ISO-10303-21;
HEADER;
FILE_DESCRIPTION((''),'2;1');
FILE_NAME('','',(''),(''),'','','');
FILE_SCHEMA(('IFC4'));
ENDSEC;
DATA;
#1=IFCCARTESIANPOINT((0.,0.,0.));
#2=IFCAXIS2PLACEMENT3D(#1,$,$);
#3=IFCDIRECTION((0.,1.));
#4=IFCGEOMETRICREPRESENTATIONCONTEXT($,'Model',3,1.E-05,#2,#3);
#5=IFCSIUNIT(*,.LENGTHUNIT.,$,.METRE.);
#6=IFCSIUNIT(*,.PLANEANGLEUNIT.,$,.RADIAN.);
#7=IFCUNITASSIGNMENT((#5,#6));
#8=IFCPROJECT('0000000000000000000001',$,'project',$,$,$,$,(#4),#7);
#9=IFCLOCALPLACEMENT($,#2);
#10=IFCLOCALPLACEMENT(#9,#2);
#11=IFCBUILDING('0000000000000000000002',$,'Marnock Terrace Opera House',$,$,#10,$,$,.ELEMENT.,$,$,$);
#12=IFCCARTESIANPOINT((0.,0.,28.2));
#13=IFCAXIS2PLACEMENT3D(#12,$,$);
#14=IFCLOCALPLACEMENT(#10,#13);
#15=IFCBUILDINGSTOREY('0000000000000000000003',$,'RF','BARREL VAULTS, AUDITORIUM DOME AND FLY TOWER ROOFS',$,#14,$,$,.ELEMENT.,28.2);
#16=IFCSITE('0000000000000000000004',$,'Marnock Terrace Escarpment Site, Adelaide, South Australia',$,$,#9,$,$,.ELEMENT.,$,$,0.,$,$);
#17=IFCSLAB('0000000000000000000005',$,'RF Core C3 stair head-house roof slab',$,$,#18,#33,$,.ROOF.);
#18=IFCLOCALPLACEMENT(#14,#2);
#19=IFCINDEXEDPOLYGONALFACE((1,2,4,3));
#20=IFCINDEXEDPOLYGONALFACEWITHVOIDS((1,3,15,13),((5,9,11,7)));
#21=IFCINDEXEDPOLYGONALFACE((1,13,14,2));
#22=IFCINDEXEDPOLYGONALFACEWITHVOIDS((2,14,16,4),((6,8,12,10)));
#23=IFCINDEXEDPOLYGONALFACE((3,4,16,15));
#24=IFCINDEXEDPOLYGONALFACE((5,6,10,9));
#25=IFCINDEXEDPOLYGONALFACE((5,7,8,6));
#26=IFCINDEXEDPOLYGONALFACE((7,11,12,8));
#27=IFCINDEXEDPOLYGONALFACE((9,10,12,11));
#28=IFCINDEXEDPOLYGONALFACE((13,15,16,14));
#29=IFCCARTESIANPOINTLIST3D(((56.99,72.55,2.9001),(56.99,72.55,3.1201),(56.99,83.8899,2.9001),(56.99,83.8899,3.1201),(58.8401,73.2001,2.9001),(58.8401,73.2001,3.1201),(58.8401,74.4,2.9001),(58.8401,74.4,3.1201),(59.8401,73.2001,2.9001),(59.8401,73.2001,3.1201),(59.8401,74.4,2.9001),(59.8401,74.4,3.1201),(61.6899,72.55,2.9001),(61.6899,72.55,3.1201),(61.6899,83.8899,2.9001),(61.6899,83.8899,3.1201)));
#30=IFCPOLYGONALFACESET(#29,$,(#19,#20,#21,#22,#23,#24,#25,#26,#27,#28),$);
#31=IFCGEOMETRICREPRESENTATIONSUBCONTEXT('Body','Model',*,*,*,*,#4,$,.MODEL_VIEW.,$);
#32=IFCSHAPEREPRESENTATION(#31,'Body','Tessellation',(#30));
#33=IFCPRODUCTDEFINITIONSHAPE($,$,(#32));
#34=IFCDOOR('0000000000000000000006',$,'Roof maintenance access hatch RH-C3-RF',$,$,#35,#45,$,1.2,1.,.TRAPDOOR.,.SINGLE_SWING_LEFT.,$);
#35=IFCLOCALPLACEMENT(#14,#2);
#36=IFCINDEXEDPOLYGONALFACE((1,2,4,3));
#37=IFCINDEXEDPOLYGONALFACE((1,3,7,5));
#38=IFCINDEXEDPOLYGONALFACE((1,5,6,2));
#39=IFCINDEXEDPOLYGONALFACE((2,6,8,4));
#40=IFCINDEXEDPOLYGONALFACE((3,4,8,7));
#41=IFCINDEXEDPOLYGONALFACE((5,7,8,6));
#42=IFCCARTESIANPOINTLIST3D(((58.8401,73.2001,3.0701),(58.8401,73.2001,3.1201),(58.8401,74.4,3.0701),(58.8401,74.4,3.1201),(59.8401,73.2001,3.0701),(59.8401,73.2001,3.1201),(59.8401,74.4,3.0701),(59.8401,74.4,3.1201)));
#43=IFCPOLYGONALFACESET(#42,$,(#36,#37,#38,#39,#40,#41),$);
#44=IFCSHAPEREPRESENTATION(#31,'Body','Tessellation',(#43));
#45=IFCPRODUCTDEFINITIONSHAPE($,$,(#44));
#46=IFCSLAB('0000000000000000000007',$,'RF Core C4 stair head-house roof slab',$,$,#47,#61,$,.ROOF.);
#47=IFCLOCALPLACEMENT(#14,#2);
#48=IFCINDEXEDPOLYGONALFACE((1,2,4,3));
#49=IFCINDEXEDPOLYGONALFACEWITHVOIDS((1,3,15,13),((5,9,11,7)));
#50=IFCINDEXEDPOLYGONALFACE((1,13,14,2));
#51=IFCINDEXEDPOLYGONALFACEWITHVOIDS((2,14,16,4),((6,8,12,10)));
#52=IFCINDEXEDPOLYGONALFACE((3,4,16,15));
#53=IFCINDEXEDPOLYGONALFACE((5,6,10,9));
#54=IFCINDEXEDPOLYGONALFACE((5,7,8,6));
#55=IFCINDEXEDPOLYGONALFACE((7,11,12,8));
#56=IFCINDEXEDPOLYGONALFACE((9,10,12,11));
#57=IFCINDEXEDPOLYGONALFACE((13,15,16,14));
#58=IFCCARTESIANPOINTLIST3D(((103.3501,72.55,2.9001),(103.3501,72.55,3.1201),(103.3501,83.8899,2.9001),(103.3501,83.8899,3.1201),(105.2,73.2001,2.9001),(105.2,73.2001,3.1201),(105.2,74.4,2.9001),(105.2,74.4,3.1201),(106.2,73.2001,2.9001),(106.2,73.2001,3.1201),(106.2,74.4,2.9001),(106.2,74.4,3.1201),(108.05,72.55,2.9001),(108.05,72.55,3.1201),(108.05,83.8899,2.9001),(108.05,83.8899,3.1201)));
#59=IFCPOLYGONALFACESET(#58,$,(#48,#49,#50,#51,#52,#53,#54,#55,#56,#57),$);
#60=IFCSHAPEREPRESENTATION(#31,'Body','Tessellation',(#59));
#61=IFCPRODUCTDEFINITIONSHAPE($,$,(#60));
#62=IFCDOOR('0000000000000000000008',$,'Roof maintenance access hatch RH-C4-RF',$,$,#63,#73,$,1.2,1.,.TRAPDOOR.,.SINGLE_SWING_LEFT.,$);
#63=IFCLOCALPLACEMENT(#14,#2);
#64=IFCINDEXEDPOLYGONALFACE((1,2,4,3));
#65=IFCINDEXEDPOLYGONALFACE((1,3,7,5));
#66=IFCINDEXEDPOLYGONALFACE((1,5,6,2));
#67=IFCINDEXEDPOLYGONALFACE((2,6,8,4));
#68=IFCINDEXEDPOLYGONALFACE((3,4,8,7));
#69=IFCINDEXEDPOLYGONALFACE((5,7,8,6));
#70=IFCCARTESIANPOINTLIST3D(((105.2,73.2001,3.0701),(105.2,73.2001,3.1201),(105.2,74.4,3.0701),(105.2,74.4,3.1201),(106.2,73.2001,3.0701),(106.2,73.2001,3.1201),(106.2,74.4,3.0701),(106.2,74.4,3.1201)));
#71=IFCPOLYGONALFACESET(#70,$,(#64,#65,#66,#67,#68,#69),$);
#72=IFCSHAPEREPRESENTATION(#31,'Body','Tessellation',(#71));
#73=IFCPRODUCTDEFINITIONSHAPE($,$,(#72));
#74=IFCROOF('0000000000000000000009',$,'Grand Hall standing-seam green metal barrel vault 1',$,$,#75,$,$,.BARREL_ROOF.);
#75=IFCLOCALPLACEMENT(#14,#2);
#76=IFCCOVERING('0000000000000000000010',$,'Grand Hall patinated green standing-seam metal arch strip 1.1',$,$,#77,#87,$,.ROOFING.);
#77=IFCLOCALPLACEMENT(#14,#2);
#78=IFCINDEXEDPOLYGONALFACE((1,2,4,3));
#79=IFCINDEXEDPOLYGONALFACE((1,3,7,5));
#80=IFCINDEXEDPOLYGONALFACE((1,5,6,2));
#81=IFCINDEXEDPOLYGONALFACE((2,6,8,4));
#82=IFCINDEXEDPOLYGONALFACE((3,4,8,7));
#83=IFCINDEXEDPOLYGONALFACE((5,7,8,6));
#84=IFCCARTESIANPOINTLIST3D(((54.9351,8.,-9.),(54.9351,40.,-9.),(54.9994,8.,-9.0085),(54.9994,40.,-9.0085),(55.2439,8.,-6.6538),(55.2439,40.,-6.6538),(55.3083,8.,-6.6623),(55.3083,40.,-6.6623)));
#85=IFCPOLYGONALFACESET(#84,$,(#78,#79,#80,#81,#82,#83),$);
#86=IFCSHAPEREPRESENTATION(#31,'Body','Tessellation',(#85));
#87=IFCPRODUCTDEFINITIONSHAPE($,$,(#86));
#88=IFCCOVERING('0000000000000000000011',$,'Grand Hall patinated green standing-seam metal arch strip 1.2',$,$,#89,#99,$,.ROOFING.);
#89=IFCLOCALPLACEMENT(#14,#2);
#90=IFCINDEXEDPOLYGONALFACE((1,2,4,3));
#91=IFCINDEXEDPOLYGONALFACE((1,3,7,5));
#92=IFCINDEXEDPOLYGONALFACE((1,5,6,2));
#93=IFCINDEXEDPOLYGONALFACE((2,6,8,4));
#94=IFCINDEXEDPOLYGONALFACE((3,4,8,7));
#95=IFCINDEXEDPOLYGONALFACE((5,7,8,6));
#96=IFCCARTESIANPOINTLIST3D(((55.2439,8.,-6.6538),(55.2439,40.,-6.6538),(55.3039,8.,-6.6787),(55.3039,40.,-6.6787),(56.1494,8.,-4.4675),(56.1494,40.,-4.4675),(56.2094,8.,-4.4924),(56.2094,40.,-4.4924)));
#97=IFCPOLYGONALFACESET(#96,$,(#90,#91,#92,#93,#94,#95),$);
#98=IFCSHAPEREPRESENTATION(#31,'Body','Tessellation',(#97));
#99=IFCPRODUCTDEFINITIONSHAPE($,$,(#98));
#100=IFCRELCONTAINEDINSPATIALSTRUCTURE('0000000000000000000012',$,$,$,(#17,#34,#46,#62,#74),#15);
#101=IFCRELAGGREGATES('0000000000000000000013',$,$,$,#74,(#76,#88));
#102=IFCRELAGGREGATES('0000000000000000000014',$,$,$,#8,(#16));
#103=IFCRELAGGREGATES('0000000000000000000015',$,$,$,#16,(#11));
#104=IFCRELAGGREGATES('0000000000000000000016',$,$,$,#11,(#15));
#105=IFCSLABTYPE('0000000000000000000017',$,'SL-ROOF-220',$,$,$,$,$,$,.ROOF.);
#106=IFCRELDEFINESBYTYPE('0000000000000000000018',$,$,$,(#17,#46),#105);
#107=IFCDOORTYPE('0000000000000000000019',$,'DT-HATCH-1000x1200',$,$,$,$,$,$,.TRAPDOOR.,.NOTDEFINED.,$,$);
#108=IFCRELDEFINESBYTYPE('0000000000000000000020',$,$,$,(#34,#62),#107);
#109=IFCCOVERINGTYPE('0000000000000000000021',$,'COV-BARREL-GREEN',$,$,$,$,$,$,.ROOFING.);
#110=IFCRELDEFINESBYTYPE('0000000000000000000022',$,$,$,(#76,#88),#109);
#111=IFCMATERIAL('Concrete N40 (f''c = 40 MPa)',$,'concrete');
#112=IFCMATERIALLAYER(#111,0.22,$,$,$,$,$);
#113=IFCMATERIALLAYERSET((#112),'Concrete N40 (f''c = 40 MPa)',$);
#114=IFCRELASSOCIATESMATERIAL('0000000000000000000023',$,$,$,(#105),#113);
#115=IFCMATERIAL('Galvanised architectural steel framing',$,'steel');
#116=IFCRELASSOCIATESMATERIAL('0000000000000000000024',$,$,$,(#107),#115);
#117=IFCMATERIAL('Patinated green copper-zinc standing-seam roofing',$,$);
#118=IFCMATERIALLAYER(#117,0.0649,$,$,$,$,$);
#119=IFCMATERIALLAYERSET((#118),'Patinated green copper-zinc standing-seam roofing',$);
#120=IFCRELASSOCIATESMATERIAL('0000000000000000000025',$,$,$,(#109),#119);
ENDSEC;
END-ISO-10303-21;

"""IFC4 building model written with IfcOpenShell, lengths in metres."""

from ifc_helpers import new_model, si_unit, direction, frame, origin, origin_2d, place, context, subcontext, project, spatial, polyline, rectangle, outline, extrude, material, layer, layer_set, type_object, element, fill, aggregate, save


model = new_model("IFC4")

# Units and contexts
model_context = context("Model", 3, precision=1e-05, world=origin(), true_north=direction((0.0, 1.0)))
body_context = subcontext(model_context, "Body", "Model", "MODEL_VIEW")
ifc_project = project(units=[si_unit("LENGTHUNIT", "METRE"), si_unit("PLANEANGLEUNIT", "RADIAN")], contexts=[model_context])

# Site, building, storey
site_placement = place(None, origin())
site = spatial("IfcSite", under=ifc_project, at=site_placement, Name="Marnock Terrace Escarpment Site, Adelaide, South Australia", CompositionType="ELEMENT", RefElevation=0.0)
building_placement = place(site_placement, origin())
building = spatial("IfcBuilding", under=site, at=building_placement, Name="Marnock Terrace Opera House", CompositionType="ELEMENT")
storey_placement = place(building_placement, frame((0.0, 0.0, 28.2)))
storey = spatial("IfcBuildingStorey", under=building, at=storey_placement, Name="RF", Description="BARREL VAULTS, AUDITORIUM DOME AND FLY TOWER ROOFS", CompositionType="ELEMENT", Elevation=28.2)

# Shared definitions
ifc_material_1 = material(Name="Concrete N40 (f'c = 40 MPa)", Category="concrete")
ifc_layer_1 = layer(ifc_material_1, 0.22)
ifc_layer_set_1 = layer_set([ifc_layer_1], Name="Concrete N40 (f'c = 40 MPa)")
slab_type_1 = type_object("IfcSlabType", Name="SL-ROOF-220", PredefinedType="ROOF", material=ifc_layer_set_1)
ifc_material_2 = material(Name="Galvanised architectural steel framing", Category="steel")
door_type_1 = type_object("IfcDoorType", Name="DT-HATCH-1000x1200", OperationType="NOTDEFINED", PredefinedType="TRAPDOOR", material=ifc_material_2)

# Slabs, openings, doors
slab_1_placement = place(storey_placement, frame((0.0, 0.0, 2.9001)))
slab_1 = element("IfcSlab", 1, at=slab_1_placement, inside=storey, type_object=slab_type_1, Name="RF Core C3 stair head-house roof slab", PredefinedType="ROOF", context=body_context, shape_type="SweptSolid", body=[
    extrude(outline(polyline([(56.99, 72.55), (61.6899, 72.55), (61.6899, 83.8899), (56.99, 83.8899), (56.99, 72.55)])), origin(), (0.0, 0.0, 1.0), 0.22),
])
opening_1_placement = place(slab_1_placement, frame((59.3401, 73.8, 0.0)))
opening_1 = element("IfcOpeningElement", 2, at=opening_1_placement, cuts=slab_1, PredefinedType="OPENING", context=body_context, shape_type="SweptSolid", body=[
    extrude(rectangle(XDim=1.0, YDim=1.2, at=origin_2d()), frame((0.0, 0.0, -0.01)), (0.0, 0.0, 1.0), 0.24),
])
door_1_placement = place(opening_1_placement, frame((0.0, 0.0, 0.1699)))
door_1 = element("IfcDoor", 3, at=door_1_placement, inside=storey, type_object=door_type_1, Name="Roof maintenance access hatch RH-C3-RF", OperationType="SINGLE_SWING_LEFT", OverallHeight=1.2, OverallWidth=1.0, PredefinedType="TRAPDOOR", context=body_context, shape_type="SweptSolid", body=[
    extrude(rectangle(XDim=1.0, YDim=1.2, at=origin_2d()), origin(), (0.0, 0.0, 1.0), 0.05),
])
fill(opening_1, door_1)
slab_2_placement = place(storey_placement, frame((0.0, 0.0, 2.9001)))
slab_2 = element("IfcSlab", 4, at=slab_2_placement, inside=storey, type_object=slab_type_1, Name="RF Core C4 stair head-house roof slab", PredefinedType="ROOF", context=body_context, shape_type="SweptSolid", body=[
    extrude(outline(polyline([(103.3501, 72.55), (108.05, 72.55), (108.05, 83.8899), (103.3501, 83.8899), (103.3501, 72.55)])), origin(), (0.0, 0.0, 1.0), 0.22),
])
opening_2_placement = place(slab_2_placement, frame((105.7, 73.8, 0.0)))
opening_2 = element("IfcOpeningElement", 5, at=opening_2_placement, cuts=slab_2, PredefinedType="OPENING", context=body_context, shape_type="SweptSolid", body=[
    extrude(rectangle(XDim=1.0, YDim=1.2, at=origin_2d()), frame((0.0, 0.0, -0.01)), (0.0, 0.0, 1.0), 0.24),
])
door_2_placement = place(opening_2_placement, frame((0.0, 0.0, 0.1699)))
door_2 = element("IfcDoor", 6, at=door_2_placement, inside=storey, type_object=door_type_1, Name="Roof maintenance access hatch RH-C4-RF", OperationType="SINGLE_SWING_LEFT", OverallHeight=1.2, OverallWidth=1.0, PredefinedType="TRAPDOOR", context=body_context, shape_type="SweptSolid", body=[
    extrude(rectangle(XDim=1.0, YDim=1.2, at=origin_2d()), origin(), (0.0, 0.0, 1.0), 0.05),
])
fill(opening_2, door_2)

# Roof, coverings
roof_placement = place(storey_placement, origin())
roof = element("IfcRoof", 7, at=roof_placement, inside=storey, Name="Grand Hall standing-seam green metal barrel vault 1", PredefinedType="BARREL_ROOF")
ifc_material_3 = material(Name="Patinated green copper-zinc standing-seam roofing")
ifc_layer_2 = layer(ifc_material_3, 0.0649)
ifc_layer_set_2 = layer_set([ifc_layer_2], Name="Patinated green copper-zinc standing-seam roofing")
covering_type = type_object("IfcCoveringType", Name="COV-BARREL-GREEN", PredefinedType="ROOFING", material=ifc_layer_set_2)
covering_1_placement = place(storey_placement, frame((54.9351, 8.0, -9.0), z_axis=(-0.991447, 0.0, 0.130508), x_axis=(0.130508, 0.0, 0.991447)))
covering_1 = element("IfcCovering", 8, at=covering_1_placement, type_object=covering_type, Name="Grand Hall patinated green standing-seam metal arch strip 1.1", PredefinedType="ROOFING", context=body_context, shape_type="SweptSolid", body=[
    extrude(outline(polyline([(0.0, 0.0), (2.3664, 0.0), (2.3664, 32.0), (0.0, 32.0), (0.0, 0.0)])), origin(), (0.0, 0.0, -1.0), 0.0649),
])
covering_2_placement = place(storey_placement, frame((55.2439, 8.0, -6.6538), z_axis=(-0.92389, 0.0, 0.382659), x_axis=(0.382659, 0.0, 0.92389)))
covering_2 = element("IfcCovering", 9, at=covering_2_placement, type_object=covering_type, Name="Grand Hall patinated green standing-seam metal arch strip 1.2", PredefinedType="ROOFING", context=body_context, shape_type="SweptSolid", body=[
    extrude(outline(polyline([(0.0, 0.0), (2.3664, 0.0), (2.3664, 32.0), (0.0, 32.0), (0.0, 0.0)])), origin(), (0.0, 0.0, -1.0), 0.0649),
])
aggregate(roof, [covering_1, covering_2])

save(model, "model.ifc")
